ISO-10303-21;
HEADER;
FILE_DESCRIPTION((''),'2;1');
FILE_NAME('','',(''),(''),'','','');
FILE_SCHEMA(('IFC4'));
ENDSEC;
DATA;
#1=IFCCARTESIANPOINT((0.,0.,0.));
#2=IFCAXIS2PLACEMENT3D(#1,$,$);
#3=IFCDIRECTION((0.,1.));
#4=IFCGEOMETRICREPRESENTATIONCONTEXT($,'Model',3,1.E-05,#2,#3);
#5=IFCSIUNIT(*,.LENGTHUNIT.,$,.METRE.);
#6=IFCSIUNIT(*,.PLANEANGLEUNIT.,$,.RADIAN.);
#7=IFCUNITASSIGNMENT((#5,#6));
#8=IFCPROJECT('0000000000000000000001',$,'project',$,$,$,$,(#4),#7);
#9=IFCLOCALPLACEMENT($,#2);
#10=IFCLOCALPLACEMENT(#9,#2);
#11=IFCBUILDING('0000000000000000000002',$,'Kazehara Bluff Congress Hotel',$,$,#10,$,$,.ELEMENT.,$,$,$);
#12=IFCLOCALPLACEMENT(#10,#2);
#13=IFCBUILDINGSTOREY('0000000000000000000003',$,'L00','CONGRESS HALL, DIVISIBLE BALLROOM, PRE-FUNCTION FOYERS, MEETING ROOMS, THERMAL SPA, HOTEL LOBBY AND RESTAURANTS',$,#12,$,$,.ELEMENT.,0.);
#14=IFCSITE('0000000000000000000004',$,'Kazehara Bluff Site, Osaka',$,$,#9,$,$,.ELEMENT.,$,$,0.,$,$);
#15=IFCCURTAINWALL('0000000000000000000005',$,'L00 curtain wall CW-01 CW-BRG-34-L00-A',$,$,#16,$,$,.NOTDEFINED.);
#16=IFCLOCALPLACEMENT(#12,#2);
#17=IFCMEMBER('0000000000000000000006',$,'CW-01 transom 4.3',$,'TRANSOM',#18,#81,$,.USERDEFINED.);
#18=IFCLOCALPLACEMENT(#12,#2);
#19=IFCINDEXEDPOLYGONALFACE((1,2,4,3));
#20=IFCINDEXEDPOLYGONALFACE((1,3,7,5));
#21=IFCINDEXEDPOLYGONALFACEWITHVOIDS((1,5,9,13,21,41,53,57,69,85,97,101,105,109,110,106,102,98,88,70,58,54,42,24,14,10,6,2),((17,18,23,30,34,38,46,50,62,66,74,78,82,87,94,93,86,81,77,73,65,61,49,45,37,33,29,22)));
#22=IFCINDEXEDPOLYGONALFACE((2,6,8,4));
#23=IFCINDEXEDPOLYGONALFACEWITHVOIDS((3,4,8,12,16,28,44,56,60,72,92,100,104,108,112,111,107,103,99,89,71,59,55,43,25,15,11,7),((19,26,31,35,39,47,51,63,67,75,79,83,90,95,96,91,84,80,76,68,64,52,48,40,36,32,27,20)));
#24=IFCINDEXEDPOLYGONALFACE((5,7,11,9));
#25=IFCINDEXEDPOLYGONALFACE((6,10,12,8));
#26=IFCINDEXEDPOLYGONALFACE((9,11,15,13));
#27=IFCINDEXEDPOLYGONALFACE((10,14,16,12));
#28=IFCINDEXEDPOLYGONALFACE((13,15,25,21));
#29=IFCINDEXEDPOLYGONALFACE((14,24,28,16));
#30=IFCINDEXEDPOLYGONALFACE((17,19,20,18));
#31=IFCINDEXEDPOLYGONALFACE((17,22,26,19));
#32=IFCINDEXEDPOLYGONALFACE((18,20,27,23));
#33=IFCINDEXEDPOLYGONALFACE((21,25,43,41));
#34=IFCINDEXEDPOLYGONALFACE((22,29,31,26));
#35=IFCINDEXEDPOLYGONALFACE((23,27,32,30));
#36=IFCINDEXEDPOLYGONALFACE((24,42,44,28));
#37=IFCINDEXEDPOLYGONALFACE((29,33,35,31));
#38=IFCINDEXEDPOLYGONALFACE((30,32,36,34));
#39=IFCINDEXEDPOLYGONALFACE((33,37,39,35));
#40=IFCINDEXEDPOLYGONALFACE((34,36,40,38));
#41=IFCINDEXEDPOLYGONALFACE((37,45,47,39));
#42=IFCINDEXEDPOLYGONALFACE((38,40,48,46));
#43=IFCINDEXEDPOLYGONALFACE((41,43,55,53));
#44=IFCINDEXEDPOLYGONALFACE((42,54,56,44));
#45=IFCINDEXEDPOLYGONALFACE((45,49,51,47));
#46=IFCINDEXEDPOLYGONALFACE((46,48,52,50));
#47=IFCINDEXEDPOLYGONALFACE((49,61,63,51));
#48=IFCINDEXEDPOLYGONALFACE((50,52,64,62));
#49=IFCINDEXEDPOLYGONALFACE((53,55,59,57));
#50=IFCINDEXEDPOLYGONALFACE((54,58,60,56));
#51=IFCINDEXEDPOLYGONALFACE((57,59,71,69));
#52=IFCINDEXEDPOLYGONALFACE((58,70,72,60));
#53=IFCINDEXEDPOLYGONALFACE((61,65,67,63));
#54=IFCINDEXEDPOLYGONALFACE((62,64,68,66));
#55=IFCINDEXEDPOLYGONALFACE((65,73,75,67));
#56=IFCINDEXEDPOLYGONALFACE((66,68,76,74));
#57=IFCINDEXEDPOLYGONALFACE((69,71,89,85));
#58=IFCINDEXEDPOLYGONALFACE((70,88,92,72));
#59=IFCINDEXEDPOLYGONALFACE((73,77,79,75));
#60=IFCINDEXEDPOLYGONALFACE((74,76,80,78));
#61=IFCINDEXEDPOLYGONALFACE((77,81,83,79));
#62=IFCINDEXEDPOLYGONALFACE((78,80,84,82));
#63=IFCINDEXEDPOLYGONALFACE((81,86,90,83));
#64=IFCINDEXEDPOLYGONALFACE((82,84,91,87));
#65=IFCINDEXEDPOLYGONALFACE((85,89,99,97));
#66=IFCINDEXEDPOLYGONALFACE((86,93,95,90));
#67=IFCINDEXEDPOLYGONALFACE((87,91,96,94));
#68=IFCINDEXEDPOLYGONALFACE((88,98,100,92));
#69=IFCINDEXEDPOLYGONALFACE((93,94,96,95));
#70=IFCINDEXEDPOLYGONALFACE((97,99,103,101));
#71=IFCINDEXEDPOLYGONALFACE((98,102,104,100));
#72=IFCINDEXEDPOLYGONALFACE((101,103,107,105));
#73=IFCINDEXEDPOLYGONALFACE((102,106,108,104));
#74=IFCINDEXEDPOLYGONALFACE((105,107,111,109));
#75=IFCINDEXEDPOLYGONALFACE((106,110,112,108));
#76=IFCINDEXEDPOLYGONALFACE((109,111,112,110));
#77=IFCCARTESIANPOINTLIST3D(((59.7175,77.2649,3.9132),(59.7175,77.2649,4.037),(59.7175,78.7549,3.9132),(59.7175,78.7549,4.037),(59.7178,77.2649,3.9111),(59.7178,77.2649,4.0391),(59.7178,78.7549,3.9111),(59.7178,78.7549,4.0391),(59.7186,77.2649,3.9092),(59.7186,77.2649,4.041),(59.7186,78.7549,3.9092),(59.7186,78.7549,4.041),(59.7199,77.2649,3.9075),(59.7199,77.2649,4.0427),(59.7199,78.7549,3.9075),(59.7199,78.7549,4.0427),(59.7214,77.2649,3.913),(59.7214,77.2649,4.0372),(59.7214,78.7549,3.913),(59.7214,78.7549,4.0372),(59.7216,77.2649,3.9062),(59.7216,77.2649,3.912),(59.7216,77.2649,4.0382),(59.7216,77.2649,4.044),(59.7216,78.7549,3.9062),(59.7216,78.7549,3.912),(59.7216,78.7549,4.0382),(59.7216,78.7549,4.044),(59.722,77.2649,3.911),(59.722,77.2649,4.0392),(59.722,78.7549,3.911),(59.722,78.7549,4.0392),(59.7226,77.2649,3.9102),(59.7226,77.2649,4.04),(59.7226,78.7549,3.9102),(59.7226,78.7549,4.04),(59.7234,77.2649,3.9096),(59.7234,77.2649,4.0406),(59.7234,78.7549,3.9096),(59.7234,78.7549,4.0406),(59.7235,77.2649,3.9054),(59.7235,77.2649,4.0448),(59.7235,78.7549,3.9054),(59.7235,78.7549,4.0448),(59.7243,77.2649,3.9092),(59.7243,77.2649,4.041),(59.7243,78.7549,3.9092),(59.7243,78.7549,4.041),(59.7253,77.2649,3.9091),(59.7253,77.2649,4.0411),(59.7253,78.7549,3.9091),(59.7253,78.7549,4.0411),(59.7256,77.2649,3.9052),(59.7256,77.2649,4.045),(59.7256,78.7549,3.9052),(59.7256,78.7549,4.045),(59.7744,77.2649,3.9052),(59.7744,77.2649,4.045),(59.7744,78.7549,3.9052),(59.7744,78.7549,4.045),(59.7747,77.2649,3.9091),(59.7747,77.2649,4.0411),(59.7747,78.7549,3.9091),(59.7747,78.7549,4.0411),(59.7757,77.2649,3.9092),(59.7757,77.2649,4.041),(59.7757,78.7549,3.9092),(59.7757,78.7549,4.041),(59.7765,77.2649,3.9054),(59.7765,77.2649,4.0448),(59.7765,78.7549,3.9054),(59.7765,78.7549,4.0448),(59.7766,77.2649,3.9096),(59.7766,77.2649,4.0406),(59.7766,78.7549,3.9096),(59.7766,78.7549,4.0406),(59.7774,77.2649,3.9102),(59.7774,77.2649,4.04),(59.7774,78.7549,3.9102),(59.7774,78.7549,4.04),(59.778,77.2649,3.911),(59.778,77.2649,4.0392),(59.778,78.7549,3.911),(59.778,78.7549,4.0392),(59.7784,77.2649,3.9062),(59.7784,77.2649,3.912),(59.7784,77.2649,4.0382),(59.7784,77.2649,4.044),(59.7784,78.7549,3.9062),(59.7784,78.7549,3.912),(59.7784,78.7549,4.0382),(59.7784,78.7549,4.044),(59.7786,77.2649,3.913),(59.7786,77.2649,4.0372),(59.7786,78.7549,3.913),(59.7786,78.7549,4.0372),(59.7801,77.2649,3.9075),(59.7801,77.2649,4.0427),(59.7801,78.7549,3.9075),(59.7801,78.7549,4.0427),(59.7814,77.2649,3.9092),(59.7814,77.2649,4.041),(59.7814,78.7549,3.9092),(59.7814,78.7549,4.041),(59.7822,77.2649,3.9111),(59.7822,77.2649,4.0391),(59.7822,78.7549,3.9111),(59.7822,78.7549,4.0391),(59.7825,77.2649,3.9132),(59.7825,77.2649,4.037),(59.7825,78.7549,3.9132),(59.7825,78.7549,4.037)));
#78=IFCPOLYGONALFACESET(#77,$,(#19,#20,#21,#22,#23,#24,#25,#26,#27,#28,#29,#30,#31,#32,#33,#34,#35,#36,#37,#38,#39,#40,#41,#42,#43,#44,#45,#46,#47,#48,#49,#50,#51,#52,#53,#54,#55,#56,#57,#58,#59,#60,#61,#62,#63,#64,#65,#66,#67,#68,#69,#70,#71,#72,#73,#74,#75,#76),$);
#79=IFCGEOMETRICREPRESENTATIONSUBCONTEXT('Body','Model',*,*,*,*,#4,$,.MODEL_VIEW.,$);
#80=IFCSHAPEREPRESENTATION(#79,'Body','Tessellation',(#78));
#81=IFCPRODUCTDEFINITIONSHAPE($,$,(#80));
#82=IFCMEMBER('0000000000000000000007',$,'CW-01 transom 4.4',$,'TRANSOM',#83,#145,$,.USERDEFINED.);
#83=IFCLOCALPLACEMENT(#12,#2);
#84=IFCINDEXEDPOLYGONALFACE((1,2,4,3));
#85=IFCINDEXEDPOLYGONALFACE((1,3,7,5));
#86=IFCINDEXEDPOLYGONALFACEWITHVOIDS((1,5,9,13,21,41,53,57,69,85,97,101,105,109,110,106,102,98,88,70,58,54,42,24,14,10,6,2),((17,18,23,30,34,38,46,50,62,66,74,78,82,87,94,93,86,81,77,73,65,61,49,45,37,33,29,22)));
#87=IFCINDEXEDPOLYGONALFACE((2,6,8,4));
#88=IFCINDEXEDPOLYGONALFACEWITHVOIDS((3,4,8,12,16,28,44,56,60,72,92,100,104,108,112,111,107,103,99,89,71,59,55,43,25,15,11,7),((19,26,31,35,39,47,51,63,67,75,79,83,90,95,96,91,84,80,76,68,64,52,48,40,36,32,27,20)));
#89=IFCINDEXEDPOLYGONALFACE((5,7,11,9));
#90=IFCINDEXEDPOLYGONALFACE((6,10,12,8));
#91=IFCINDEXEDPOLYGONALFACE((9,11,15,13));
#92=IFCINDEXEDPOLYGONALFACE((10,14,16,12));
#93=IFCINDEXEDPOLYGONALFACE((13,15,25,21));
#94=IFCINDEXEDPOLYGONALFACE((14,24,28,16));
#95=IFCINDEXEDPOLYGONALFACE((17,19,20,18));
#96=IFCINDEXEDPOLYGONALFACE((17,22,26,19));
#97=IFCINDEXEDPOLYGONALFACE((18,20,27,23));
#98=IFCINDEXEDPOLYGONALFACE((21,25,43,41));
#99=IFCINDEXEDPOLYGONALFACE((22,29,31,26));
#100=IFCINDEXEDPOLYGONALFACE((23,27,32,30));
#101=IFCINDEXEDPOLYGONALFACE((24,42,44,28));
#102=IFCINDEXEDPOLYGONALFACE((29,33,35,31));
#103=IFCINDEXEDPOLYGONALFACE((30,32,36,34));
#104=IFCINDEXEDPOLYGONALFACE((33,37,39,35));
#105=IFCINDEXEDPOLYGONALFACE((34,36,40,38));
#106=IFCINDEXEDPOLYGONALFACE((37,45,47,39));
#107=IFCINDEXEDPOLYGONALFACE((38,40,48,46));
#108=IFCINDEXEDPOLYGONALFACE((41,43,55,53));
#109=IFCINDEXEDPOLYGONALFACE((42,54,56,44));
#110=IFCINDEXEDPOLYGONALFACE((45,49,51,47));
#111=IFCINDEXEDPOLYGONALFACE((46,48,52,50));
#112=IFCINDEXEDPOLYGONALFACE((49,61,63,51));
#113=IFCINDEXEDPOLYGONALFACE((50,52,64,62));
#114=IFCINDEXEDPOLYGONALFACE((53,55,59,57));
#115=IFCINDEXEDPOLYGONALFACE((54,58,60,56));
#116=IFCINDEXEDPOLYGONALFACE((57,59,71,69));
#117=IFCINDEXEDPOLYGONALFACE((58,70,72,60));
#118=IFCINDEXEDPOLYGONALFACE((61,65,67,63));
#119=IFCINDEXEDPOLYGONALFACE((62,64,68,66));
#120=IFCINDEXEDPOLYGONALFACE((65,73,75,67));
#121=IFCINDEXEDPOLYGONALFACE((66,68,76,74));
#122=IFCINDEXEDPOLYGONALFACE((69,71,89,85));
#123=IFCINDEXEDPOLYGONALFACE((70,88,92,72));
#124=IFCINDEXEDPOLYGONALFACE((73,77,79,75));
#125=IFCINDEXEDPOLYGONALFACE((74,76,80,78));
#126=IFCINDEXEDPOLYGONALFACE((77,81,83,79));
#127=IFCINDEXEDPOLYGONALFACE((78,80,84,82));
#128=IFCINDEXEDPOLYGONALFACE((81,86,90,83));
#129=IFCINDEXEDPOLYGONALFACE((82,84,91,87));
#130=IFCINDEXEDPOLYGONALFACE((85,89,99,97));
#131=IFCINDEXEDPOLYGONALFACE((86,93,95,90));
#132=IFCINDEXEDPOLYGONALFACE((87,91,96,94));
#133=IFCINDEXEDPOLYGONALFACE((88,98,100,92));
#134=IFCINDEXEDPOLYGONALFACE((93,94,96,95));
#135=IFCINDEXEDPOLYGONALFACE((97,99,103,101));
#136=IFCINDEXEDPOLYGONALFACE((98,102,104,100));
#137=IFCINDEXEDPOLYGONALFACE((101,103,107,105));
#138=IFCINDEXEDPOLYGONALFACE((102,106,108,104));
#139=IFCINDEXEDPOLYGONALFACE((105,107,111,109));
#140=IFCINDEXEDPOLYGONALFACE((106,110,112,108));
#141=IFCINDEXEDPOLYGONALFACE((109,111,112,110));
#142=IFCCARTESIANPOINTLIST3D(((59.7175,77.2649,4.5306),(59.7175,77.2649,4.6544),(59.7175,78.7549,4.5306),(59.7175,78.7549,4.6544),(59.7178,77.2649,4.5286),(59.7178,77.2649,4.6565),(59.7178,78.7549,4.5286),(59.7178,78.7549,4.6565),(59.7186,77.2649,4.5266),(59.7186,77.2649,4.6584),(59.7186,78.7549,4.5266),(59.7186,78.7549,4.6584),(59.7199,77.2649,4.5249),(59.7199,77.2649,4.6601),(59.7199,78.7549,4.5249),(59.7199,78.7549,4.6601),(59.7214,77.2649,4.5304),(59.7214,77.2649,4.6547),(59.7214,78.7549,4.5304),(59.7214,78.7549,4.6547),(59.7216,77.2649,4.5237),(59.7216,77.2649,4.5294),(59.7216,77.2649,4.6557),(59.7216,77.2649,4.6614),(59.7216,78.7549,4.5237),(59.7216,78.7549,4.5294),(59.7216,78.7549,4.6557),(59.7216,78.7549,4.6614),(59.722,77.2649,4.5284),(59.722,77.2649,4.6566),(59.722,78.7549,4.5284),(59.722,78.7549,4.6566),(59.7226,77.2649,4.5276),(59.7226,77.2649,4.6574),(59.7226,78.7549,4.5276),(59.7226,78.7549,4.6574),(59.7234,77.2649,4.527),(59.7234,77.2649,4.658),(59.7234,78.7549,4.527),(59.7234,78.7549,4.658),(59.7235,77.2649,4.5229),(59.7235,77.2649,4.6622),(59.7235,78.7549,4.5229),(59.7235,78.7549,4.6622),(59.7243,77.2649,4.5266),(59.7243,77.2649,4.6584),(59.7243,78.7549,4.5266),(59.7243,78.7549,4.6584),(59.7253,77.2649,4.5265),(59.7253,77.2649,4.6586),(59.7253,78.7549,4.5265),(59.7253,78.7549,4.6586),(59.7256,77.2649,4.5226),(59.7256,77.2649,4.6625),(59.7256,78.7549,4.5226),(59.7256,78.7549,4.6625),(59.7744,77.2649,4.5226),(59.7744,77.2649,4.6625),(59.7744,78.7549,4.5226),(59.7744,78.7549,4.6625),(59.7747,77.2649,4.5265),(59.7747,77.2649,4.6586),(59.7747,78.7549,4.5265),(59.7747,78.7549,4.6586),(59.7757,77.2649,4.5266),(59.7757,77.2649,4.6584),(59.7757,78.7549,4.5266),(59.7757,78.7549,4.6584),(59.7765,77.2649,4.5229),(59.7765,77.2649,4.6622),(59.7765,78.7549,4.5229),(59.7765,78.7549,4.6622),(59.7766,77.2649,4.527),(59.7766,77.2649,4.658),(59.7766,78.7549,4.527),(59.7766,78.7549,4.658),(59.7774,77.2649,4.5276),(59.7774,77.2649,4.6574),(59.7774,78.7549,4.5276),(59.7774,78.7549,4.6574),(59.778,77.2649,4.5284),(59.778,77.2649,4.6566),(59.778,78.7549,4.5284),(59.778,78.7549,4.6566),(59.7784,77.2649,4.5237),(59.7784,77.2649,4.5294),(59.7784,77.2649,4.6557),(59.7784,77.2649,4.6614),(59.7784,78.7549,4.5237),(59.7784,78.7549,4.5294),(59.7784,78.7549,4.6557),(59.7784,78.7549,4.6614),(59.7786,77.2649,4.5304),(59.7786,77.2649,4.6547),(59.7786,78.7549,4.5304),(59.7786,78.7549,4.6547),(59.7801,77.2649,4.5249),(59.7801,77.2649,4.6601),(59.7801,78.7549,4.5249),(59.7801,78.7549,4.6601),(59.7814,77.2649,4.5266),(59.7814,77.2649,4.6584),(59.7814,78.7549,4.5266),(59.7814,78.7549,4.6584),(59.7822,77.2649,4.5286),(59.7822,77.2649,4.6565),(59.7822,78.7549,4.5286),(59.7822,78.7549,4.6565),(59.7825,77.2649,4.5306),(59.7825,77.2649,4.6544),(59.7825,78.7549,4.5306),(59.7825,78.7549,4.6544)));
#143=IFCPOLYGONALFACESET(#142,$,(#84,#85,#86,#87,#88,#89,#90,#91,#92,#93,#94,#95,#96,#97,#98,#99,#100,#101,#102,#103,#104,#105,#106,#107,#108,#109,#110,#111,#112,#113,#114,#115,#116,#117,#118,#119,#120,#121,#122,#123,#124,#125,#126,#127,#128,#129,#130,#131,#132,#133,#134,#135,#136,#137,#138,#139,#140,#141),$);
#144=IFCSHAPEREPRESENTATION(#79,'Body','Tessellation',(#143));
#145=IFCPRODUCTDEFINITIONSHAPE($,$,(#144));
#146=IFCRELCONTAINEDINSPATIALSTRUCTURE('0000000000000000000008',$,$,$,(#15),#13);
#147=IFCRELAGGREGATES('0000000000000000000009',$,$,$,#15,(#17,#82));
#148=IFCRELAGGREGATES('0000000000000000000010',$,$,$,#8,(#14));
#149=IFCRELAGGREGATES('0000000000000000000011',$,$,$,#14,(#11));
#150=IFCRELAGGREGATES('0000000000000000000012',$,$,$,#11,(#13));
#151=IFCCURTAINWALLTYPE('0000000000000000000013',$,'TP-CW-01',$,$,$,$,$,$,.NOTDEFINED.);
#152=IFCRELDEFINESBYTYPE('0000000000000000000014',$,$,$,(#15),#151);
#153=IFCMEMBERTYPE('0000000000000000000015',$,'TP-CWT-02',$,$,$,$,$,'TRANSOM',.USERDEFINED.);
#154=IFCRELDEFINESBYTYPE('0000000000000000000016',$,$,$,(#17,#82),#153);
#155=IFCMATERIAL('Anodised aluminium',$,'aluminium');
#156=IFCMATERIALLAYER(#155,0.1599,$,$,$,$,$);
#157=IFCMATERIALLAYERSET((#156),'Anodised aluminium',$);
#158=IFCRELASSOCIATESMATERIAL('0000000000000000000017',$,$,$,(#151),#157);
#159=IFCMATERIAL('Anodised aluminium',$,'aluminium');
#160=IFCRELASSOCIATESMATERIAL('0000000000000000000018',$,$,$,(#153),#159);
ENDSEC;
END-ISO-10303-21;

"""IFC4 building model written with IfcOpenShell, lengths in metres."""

from ifc_helpers import new_model, si_unit, direction, frame, origin, origin_2d, place, context, subcontext, project, spatial, hollow_rectangle, extrude, material, layer, layer_set, material_profile, profile_set, type_object, element, aggregate, save


model = new_model("IFC4")

# Units and contexts
model_context = context("Model", 3, precision=1e-05, world=origin(), true_north=direction((0.0, 1.0)))
body_context = subcontext(model_context, "Body", "Model", "MODEL_VIEW")
ifc_project = project(units=[si_unit("LENGTHUNIT", "METRE"), si_unit("PLANEANGLEUNIT", "RADIAN")], contexts=[model_context])

# Site, building, storey
site_placement = place(None, origin())
site = spatial("IfcSite", under=ifc_project, at=site_placement, Name="Kazehara Bluff Site, Osaka", CompositionType="ELEMENT", RefElevation=0.0)
building_placement = place(site_placement, origin())
building = spatial("IfcBuilding", under=site, at=building_placement, Name="Kazehara Bluff Congress Hotel", CompositionType="ELEMENT")
storey_placement = place(building_placement, origin())
storey = spatial("IfcBuildingStorey", under=building, at=storey_placement, Name="L00", Description="CONGRESS HALL, DIVISIBLE BALLROOM, PRE-FUNCTION FOYERS, MEETING ROOMS, THERMAL SPA, HOTEL LOBBY AND RESTAURANTS", CompositionType="ELEMENT", Elevation=0.0)

# Curtain wall
ifc_material_1 = material(Name="Anodised aluminium", Category="aluminium")
ifc_layer_1 = layer(ifc_material_1, 0.1599)
ifc_layer_set_1 = layer_set([ifc_layer_1], Name="Anodised aluminium")
curtain_wall_type_1 = type_object("IfcCurtainWallType", Name="TP-CW-01", PredefinedType="NOTDEFINED", material=ifc_layer_set_1)
curtain_wall_1_placement = place(storey_placement, origin())
curtain_wall_1 = element("IfcCurtainWall", 1, at=curtain_wall_1_placement, inside=storey, type_object=curtain_wall_type_1, Name="L00 curtain wall CW-01 CW-BRG-34-L00-A", PredefinedType="NOTDEFINED")

# Members
ifc_material_2 = material(Name="Anodised aluminium", Category="aluminium")
ifc_material_profile_1 = material_profile(ifc_material_2, hollow_rectangle(XDim=0.0649, YDim=0.1399, WallThickness=0.0039, InnerFilletRadius=0.0039, OuterFilletRadius=0.0081, at=origin_2d()))
ifc_profile_set_1 = profile_set([ifc_material_profile_1], Name="Anodised aluminium")
member_type_1 = type_object("IfcMemberType", Name="TP-CWT-02", ElementType="TRANSOM", PredefinedType="USERDEFINED", material=ifc_profile_set_1)
member_1_placement = place(storey_placement, frame((59.75, 77.2649, 3.9751), z_axis=(0.0, 1.0, 0.0), x_axis=(-1.0, 0.0, 0.0)))
member_1 = element("IfcMember", 2, at=member_1_placement, type_object=member_type_1, Name="CW-01 transom 4.3", ObjectType="TRANSOM", PredefinedType="USERDEFINED", context=body_context, shape_type="SweptSolid", body=[
    extrude(hollow_rectangle(XDim=0.0649, YDim=0.1399, WallThickness=0.0039, InnerFilletRadius=0.0039, OuterFilletRadius=0.0081, at=origin_2d()), origin(), (0.0, 0.0, 1.0), 1.49),
])
member_2_placement = place(storey_placement, frame((59.75, 77.2649, 4.5925), z_axis=(0.0, 1.0, 0.0), x_axis=(-1.0, 0.0, 0.0)))
member_2 = element("IfcMember", 3, at=member_2_placement, type_object=member_type_1, Name="CW-01 transom 4.4", ObjectType="TRANSOM", PredefinedType="USERDEFINED", context=body_context, shape_type="SweptSolid", body=[
    extrude(hollow_rectangle(XDim=0.0649, YDim=0.1399, WallThickness=0.0039, InnerFilletRadius=0.0039, OuterFilletRadius=0.0081, at=origin_2d()), origin(), (0.0, 0.0, 1.0), 1.49),
])

aggregate(curtain_wall_1, [member_1, member_2])

save(model, "model.ifc")
